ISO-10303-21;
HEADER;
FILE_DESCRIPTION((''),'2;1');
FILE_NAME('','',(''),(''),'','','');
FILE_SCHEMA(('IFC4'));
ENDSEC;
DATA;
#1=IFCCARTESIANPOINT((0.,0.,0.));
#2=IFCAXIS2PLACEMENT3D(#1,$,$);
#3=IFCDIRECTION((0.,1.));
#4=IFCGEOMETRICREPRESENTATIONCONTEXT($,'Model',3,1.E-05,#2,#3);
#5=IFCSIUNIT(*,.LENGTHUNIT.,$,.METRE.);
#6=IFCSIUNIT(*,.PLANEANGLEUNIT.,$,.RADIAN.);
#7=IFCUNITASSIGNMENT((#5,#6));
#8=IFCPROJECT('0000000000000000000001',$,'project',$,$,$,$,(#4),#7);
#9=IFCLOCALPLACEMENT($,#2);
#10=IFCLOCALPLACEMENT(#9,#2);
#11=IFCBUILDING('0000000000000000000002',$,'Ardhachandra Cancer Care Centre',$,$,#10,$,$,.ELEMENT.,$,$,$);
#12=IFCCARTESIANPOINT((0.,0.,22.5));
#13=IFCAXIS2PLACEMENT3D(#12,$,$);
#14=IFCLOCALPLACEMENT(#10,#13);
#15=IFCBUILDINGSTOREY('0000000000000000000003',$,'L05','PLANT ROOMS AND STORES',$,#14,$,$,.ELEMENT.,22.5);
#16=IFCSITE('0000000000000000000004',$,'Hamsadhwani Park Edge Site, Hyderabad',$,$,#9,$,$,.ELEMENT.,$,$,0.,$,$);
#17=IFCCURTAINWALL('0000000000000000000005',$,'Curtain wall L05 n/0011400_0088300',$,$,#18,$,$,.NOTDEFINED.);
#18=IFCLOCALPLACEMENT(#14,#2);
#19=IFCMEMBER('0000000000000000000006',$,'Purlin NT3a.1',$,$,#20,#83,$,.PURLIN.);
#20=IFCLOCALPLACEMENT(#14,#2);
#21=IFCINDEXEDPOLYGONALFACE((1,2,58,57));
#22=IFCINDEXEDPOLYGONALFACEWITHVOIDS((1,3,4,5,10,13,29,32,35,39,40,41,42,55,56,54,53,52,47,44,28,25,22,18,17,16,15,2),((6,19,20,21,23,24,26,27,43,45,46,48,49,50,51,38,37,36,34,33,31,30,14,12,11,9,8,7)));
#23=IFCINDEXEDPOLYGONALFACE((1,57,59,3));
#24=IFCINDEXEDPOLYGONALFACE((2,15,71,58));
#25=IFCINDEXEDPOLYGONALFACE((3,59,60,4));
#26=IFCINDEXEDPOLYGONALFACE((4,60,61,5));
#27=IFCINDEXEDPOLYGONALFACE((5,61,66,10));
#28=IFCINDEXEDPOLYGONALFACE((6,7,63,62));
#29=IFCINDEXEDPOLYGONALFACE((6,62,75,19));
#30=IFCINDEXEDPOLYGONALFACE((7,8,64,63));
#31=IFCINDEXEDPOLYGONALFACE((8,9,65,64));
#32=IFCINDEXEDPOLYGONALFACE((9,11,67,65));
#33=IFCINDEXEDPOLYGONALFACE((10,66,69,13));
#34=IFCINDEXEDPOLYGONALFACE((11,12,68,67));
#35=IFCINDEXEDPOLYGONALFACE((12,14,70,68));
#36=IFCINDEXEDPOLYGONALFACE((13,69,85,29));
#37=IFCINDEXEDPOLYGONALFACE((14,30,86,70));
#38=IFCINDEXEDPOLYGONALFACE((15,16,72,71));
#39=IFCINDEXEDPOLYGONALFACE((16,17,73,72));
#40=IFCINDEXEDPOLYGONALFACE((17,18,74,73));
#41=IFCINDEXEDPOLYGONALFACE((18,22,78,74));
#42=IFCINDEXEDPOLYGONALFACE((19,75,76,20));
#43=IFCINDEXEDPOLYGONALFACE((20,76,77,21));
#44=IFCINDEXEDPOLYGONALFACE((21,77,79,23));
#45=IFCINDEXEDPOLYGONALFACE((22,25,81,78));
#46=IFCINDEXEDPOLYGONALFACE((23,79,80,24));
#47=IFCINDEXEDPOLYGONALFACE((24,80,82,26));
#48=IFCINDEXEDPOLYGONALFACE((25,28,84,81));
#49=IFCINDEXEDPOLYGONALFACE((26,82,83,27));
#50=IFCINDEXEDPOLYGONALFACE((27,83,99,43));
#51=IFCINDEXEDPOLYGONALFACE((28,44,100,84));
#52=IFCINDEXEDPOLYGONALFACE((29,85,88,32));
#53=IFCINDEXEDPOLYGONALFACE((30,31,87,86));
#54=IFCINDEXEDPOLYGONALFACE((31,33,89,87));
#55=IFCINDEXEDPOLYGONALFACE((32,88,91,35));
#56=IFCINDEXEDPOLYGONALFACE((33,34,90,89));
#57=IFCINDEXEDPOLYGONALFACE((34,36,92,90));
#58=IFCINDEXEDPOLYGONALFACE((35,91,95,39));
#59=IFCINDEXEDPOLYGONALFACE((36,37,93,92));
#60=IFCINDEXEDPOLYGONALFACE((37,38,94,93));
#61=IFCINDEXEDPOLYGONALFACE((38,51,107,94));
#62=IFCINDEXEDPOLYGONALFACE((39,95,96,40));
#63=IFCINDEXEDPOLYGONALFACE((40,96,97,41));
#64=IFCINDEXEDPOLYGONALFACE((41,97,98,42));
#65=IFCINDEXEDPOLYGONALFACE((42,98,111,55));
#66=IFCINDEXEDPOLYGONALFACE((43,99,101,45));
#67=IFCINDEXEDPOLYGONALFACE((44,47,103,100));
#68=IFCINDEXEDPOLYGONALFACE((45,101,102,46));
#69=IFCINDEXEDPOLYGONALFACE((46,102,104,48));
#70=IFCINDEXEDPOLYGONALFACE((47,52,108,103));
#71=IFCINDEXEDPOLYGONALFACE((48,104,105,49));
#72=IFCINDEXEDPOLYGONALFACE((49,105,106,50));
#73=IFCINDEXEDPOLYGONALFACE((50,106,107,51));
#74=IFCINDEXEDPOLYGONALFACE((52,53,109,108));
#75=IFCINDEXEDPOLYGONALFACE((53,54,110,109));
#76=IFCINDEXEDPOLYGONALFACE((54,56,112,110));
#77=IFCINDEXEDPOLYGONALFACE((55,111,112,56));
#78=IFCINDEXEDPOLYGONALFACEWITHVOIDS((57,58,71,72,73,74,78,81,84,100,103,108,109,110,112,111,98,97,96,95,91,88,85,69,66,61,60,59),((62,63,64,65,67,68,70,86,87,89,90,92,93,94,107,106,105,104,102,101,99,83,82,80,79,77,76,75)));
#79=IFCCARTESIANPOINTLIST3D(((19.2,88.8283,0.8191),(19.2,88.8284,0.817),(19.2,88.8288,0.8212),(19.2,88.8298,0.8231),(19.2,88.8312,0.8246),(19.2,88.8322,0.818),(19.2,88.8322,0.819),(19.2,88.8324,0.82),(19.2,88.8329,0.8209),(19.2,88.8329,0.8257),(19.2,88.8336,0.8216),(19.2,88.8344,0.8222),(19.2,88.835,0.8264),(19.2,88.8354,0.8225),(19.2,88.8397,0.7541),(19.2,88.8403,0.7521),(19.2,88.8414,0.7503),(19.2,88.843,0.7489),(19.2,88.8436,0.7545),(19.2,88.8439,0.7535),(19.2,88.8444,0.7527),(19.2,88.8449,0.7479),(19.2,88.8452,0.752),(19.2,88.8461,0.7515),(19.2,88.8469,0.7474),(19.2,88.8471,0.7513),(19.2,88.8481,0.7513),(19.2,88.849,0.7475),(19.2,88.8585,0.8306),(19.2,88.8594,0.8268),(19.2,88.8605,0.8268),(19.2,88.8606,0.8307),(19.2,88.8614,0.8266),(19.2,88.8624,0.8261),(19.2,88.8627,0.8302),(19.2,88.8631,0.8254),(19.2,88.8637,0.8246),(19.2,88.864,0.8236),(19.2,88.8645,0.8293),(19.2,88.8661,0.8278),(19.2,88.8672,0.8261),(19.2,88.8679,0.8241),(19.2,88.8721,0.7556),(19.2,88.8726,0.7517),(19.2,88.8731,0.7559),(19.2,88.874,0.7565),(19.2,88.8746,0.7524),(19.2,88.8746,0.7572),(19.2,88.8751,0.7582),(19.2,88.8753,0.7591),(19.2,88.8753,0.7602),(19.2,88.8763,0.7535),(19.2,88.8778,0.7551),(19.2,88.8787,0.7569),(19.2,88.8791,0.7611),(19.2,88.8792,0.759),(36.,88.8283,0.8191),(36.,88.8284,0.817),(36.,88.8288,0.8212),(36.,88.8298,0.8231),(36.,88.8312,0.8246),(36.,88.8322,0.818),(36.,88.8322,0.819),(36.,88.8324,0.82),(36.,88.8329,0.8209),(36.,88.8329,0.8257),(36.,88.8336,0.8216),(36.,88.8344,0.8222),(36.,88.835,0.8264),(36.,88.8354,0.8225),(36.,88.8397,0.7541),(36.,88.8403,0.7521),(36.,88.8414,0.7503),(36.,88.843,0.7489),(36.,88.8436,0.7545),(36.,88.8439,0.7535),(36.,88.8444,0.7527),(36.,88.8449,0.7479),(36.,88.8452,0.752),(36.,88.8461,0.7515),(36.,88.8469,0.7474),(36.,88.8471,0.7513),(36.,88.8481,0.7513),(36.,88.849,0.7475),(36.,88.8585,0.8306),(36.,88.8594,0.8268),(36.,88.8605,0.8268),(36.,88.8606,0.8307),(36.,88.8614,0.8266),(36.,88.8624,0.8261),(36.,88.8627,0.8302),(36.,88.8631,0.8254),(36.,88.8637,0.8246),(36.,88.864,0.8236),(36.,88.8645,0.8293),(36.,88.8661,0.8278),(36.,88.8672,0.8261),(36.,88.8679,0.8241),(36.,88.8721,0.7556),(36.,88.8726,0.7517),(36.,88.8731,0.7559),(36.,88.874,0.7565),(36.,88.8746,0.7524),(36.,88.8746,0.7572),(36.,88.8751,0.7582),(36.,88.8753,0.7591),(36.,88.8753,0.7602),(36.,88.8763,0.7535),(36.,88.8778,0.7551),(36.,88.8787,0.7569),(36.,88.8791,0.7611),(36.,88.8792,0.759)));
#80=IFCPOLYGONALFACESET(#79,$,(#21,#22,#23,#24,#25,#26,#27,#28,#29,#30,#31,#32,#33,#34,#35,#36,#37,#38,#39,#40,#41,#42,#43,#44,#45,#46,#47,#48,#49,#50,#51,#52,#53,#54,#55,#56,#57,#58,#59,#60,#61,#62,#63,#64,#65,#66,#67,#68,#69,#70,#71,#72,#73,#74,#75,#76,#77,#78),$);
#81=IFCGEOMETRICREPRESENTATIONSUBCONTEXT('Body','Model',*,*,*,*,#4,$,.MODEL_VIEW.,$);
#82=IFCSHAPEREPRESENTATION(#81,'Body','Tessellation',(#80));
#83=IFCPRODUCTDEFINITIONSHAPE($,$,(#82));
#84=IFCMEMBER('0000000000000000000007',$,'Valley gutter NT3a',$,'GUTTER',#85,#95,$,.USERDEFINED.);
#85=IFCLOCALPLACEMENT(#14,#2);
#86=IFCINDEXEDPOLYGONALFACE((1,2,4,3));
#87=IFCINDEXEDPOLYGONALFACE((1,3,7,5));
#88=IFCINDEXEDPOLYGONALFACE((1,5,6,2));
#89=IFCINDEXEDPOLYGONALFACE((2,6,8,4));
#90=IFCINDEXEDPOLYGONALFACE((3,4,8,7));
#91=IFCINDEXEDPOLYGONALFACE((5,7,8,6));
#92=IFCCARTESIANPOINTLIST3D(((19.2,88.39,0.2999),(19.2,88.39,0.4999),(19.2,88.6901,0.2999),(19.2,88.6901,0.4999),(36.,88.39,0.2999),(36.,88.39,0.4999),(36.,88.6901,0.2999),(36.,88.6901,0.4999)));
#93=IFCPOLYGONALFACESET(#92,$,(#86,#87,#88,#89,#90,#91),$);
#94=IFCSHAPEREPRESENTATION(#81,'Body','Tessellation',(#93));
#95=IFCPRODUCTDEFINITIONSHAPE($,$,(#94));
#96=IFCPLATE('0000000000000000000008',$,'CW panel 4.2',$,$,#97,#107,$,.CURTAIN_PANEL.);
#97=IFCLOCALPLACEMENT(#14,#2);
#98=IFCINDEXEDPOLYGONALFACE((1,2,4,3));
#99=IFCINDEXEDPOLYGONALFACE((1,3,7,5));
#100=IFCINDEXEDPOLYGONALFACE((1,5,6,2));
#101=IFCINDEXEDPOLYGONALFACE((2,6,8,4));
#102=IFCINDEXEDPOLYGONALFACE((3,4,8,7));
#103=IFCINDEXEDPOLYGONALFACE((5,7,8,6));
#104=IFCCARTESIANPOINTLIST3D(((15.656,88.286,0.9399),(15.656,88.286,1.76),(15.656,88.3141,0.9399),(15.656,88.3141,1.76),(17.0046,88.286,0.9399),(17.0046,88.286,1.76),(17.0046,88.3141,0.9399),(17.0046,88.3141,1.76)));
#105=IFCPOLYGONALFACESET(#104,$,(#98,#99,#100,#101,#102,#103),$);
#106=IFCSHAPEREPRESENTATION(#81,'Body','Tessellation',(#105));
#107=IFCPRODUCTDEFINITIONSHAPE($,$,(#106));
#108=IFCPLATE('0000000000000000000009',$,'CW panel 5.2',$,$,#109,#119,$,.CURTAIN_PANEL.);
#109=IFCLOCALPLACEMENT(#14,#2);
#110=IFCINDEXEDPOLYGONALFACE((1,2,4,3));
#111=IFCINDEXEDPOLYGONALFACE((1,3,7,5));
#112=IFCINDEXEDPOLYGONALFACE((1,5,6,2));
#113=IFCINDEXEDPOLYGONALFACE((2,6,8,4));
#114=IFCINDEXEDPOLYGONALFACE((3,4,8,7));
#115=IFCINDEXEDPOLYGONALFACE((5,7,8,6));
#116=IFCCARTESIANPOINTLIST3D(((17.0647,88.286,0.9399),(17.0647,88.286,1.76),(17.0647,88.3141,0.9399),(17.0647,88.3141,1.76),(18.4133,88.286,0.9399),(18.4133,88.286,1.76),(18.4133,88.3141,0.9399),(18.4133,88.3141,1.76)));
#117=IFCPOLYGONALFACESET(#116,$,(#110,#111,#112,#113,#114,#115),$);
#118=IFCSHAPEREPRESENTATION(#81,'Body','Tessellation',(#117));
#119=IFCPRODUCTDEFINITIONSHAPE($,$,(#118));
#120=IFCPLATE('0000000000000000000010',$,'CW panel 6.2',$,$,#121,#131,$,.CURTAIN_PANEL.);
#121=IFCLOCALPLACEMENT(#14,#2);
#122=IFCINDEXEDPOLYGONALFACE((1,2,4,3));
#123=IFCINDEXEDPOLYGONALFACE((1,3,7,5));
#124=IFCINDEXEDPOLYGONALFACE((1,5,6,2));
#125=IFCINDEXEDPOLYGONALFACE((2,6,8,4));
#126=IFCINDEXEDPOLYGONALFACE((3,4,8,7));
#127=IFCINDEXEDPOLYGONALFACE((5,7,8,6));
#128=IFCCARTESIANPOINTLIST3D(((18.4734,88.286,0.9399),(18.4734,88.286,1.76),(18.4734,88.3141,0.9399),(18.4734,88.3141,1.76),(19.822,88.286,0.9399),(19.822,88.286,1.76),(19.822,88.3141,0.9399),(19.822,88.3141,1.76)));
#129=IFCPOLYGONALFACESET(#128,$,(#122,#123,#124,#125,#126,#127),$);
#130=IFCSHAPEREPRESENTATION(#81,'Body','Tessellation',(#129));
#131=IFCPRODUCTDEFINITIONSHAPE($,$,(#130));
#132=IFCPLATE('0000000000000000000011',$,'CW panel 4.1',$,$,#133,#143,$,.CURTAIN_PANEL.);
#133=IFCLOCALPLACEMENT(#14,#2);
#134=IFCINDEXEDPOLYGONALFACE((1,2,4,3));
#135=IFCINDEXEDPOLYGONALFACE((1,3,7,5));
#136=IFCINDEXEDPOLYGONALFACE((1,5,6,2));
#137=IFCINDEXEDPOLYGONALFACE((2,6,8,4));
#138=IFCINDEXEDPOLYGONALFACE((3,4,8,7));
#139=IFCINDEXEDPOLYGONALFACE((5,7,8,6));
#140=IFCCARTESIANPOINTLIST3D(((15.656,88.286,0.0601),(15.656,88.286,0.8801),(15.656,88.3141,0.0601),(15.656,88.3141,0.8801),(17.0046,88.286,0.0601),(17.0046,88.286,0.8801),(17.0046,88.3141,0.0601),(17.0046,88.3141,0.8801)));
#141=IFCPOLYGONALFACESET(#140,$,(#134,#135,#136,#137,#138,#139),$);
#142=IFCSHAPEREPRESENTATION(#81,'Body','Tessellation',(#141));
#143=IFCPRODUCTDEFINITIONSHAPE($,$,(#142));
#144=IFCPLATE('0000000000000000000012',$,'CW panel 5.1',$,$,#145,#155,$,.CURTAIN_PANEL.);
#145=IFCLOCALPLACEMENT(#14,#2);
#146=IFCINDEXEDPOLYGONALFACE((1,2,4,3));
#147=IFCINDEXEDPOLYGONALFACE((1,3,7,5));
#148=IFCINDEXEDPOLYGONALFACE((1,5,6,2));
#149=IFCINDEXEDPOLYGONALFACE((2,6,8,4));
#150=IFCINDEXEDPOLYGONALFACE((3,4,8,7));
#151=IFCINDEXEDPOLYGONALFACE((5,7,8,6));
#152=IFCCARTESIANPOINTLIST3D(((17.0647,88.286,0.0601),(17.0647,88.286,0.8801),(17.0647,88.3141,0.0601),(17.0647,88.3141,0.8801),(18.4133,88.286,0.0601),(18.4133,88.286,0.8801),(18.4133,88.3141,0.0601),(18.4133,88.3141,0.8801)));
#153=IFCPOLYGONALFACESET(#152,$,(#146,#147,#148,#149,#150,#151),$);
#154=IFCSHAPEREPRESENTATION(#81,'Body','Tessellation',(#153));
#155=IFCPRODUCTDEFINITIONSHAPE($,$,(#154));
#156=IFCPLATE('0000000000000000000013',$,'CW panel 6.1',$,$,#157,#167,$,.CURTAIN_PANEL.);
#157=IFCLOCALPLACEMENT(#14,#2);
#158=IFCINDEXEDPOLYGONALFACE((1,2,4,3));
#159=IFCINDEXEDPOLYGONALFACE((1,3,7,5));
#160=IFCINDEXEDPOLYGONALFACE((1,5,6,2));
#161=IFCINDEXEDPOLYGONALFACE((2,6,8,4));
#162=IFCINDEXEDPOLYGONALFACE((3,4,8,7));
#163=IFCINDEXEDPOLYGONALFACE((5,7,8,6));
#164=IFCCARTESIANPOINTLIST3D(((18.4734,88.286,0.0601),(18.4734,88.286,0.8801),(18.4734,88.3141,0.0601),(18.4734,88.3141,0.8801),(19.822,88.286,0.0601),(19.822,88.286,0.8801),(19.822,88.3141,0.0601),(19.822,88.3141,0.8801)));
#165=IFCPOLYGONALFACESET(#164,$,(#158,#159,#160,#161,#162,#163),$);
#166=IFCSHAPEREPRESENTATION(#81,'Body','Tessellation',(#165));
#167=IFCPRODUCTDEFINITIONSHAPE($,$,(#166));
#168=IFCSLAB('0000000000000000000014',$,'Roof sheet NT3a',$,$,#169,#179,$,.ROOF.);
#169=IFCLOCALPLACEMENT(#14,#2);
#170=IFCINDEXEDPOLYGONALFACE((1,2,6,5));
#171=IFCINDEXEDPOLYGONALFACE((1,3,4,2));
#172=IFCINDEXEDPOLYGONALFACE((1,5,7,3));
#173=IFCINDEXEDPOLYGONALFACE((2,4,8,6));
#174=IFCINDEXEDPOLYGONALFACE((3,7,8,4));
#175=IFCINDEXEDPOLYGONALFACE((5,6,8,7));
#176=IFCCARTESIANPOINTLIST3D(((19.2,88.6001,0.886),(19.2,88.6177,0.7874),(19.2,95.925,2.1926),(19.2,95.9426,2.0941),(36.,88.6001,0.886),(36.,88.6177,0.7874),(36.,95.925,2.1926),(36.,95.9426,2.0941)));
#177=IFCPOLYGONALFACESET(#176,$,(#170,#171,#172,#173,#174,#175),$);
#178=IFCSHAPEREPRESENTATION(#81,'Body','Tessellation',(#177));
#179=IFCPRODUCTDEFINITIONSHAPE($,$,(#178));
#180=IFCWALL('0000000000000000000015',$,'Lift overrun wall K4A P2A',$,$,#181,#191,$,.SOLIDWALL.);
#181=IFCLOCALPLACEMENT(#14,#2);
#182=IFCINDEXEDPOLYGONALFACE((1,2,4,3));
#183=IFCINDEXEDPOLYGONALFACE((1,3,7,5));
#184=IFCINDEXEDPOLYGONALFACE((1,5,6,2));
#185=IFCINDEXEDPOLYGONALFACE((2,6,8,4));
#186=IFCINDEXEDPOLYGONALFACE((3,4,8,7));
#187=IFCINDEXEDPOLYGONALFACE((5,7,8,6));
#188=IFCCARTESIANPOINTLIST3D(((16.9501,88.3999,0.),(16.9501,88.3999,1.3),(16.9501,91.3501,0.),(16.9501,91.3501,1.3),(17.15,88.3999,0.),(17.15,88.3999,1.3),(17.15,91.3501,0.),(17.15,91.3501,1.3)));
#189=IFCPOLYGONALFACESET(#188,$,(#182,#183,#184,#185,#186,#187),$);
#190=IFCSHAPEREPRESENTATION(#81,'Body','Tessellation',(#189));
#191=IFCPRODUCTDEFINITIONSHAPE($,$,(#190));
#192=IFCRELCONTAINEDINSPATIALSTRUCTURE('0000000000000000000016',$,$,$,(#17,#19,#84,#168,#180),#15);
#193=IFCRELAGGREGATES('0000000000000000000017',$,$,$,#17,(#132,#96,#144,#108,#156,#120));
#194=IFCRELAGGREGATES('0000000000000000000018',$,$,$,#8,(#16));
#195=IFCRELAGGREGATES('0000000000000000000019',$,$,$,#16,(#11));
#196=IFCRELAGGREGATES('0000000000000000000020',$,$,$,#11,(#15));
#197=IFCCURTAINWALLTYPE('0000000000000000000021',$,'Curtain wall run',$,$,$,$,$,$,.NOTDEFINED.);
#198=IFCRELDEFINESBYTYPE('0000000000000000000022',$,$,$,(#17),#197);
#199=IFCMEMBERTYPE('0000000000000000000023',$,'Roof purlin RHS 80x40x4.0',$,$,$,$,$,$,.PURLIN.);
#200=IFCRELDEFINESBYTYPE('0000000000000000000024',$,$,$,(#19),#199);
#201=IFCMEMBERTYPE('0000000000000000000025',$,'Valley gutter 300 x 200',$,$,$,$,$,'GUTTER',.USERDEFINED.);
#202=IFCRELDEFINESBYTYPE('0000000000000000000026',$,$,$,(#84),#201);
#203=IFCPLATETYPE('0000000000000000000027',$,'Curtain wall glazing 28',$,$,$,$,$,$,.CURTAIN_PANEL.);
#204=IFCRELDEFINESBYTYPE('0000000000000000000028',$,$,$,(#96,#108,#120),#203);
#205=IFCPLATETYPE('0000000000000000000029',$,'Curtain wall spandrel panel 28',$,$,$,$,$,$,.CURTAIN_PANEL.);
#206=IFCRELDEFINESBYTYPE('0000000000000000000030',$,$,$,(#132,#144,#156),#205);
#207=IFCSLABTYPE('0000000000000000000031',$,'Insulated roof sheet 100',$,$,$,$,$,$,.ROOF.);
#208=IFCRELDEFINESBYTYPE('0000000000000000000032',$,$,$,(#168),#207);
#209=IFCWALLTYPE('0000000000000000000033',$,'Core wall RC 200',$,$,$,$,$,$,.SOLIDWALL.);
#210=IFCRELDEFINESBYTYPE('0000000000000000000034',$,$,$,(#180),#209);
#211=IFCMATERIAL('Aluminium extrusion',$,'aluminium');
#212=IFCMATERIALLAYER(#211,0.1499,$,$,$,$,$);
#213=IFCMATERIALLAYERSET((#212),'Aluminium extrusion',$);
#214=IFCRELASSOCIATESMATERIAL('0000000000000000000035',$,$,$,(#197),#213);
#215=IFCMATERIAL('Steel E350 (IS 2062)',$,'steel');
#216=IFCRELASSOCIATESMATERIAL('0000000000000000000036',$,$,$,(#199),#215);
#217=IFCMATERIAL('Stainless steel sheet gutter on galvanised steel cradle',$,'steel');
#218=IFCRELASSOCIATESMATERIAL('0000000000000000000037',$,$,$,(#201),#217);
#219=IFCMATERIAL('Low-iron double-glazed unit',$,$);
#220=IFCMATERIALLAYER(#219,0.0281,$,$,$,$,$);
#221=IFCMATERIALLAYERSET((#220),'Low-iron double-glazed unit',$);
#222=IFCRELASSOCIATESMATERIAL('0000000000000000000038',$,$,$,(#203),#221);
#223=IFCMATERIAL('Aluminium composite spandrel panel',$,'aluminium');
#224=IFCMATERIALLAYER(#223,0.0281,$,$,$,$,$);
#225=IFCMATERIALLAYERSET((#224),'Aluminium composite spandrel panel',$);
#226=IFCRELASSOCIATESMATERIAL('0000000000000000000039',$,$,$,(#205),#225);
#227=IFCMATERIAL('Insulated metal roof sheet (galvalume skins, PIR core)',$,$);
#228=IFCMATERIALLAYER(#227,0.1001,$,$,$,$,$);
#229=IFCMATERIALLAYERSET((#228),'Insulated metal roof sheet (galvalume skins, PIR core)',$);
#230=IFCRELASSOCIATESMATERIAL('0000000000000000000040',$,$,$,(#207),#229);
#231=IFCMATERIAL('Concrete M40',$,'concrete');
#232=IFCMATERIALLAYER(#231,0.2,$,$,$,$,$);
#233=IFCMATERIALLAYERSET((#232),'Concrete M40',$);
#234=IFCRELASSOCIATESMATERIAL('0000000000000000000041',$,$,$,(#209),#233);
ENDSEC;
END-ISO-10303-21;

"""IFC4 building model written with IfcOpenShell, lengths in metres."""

from ifc_helpers import new_model, si_unit, direction, frame, frame_2d, origin, origin_2d, place, context, subcontext, project, spatial, polyline, rectangle, hollow_rectangle, outline, extrude, material, layer, layer_set, material_profile, profile_set, type_object, element, aggregate, save


model = new_model("IFC4")

# Units and contexts
model_context = context("Model", 3, precision=1e-05, world=origin(), true_north=direction((0.0, 1.0)))
body_context = subcontext(model_context, "Body", "Model", "MODEL_VIEW")
ifc_project = project(units=[si_unit("LENGTHUNIT", "METRE"), si_unit("PLANEANGLEUNIT", "RADIAN")], contexts=[model_context])

# Site, building, storey
site_placement = place(None, origin())
site = spatial("IfcSite", under=ifc_project, at=site_placement, Name="Hamsadhwani Park Edge Site, Hyderabad", CompositionType="ELEMENT", RefElevation=0.0)
building_placement = place(site_placement, origin())
building = spatial("IfcBuilding", under=site, at=building_placement, Name="Ardhachandra Cancer Care Centre", CompositionType="ELEMENT")
storey_placement = place(building_placement, frame((0.0, 0.0, 22.5)))
storey = spatial("IfcBuildingStorey", under=building, at=storey_placement, Name="L05", Description="PLANT ROOMS AND STORES", CompositionType="ELEMENT", Elevation=22.5)

# Curtain wall
ifc_material_1 = material(Name="Aluminium extrusion", Category="aluminium")
ifc_layer_1 = layer(ifc_material_1, 0.1499)
ifc_layer_set_1 = layer_set([ifc_layer_1], Name="Aluminium extrusion")
curtain_wall_type = type_object("IfcCurtainWallType", Name="Curtain wall run", PredefinedType="NOTDEFINED", material=ifc_layer_set_1)
curtain_wall_placement = place(storey_placement, origin())
curtain_wall = element("IfcCurtainWall", 1, at=curtain_wall_placement, inside=storey, type_object=curtain_wall_type, Name="Curtain wall L05 n/0011400_0088300", PredefinedType="NOTDEFINED")

# Members
ifc_material_2 = material(Name="Steel E350 (IS 2062)", Category="steel")
ifc_material_profile_1 = material_profile(ifc_material_2, hollow_rectangle(XDim=0.04, YDim=0.0801, WallThickness=0.0039, InnerFilletRadius=0.0039, OuterFilletRadius=0.0081, at=origin_2d()), Name="RHS 80x40x4.0")
ifc_profile_set_1 = profile_set([ifc_material_profile_1], Name="Steel E350 (IS 2062)")
member_type_1 = type_object("IfcMemberType", Name="Roof purlin RHS 80x40x4.0", PredefinedType="PURLIN", material=ifc_profile_set_1)
member_1_placement = place(storey_placement, frame((19.2, 88.8538, 0.7891), z_axis=(1.0, 0.0, 0.0), x_axis=(0.0, 0.98446, 0.175606)))
element("IfcMember", 2, at=member_1_placement, inside=storey, type_object=member_type_1, Name="Purlin NT3a.1", PredefinedType="PURLIN", context=body_context, shape_type="SweptSolid", body=[
    extrude(hollow_rectangle(XDim=0.04, YDim=0.0801, WallThickness=0.0039, InnerFilletRadius=0.0039, OuterFilletRadius=0.0081, at=origin_2d()), origin(), (0.0, 0.0, 1.0), 16.8),
])
ifc_material_3 = material(Name="Stainless steel sheet gutter on galvanised steel cradle", Category="steel")
ifc_material_profile_2 = material_profile(ifc_material_3, rectangle(XDim=0.3, YDim=0.2, at=origin_2d()), Name="Valley gutter 300 x 200")
ifc_profile_set_2 = profile_set([ifc_material_profile_2], Name="Stainless steel sheet gutter on galvanised steel cradle")
member_type_2 = type_object("IfcMemberType", Name="Valley gutter 300 x 200", ElementType="GUTTER", PredefinedType="USERDEFINED", material=ifc_profile_set_2)
member_2_placement = place(storey_placement, frame((19.2, 88.54, 0.3999), z_axis=(1.0, 0.0, 0.0), x_axis=(0.0, 1.0, 0.0)))
element("IfcMember", 3, at=member_2_placement, inside=storey, type_object=member_type_2, Name="Valley gutter NT3a", ObjectType="GUTTER", PredefinedType="USERDEFINED", context=body_context, shape_type="SweptSolid", body=[
    extrude(rectangle(XDim=0.3, YDim=0.2, at=origin_2d()), origin(), (0.0, 0.0, 1.0), 16.8),
])

# Plates
ifc_material_4 = material(Name="Low-iron double-glazed unit")
ifc_layer_2 = layer(ifc_material_4, 0.0281)
ifc_layer_set_2 = layer_set([ifc_layer_2], Name="Low-iron double-glazed unit")
plate_type_1 = type_object("IfcPlateType", Name="Curtain wall glazing 28", PredefinedType="CURTAIN_PANEL", material=ifc_layer_set_2)
plate_1_placement = place(storey_placement, frame((16.3303, 88.3, 0.9399), z_axis=(0.0, 0.0, 1.0), x_axis=(1.0, 0.0, 0.0)))
plate_1 = element("IfcPlate", 4, at=plate_1_placement, type_object=plate_type_1, Name="CW panel 4.2", PredefinedType="CURTAIN_PANEL", context=body_context, shape_type="SweptSolid", body=[
    extrude(rectangle(XDim=1.3486, YDim=0.0281, at=origin_2d()), origin(), (0.0, 0.0, 1.0), 0.8201),
])
plate_2_placement = place(storey_placement, frame((17.739, 88.3, 0.9399), z_axis=(0.0, 0.0, 1.0), x_axis=(1.0, 0.0, 0.0)))
plate_2 = element("IfcPlate", 5, at=plate_2_placement, type_object=plate_type_1, Name="CW panel 5.2", PredefinedType="CURTAIN_PANEL", context=body_context, shape_type="SweptSolid", body=[
    extrude(rectangle(XDim=1.3486, YDim=0.0281, at=origin_2d()), origin(), (0.0, 0.0, 1.0), 0.8201),
])
plate_3_placement = place(storey_placement, frame((19.1477, 88.3, 0.9399), z_axis=(0.0, 0.0, 1.0), x_axis=(1.0, 0.0, 0.0)))
plate_3 = element("IfcPlate", 6, at=plate_3_placement, type_object=plate_type_1, Name="CW panel 6.2", PredefinedType="CURTAIN_PANEL", context=body_context, shape_type="SweptSolid", body=[
    extrude(rectangle(XDim=1.3486, YDim=0.0281, at=origin_2d()), origin(), (0.0, 0.0, 1.0), 0.8201),
])
ifc_material_5 = material(Name="Aluminium composite spandrel panel", Category="aluminium")
ifc_layer_3 = layer(ifc_material_5, 0.0281)
ifc_layer_set_3 = layer_set([ifc_layer_3], Name="Aluminium composite spandrel panel")
plate_type_2 = type_object("IfcPlateType", Name="Curtain wall spandrel panel 28", PredefinedType="CURTAIN_PANEL", material=ifc_layer_set_3)
plate_4_placement = place(storey_placement, frame((16.3303, 88.3, 0.0601), z_axis=(0.0, 0.0, 1.0), x_axis=(1.0, 0.0, 0.0)))
plate_4 = element("IfcPlate", 7, at=plate_4_placement, type_object=plate_type_2, Name="CW panel 4.1", PredefinedType="CURTAIN_PANEL", context=body_context, shape_type="SweptSolid", body=[
    extrude(rectangle(XDim=1.3486, YDim=0.0281, at=origin_2d()), origin(), (0.0, 0.0, 1.0), 0.8201),
])
plate_5_placement = place(storey_placement, frame((17.739, 88.3, 0.0601), z_axis=(0.0, 0.0, 1.0), x_axis=(1.0, 0.0, 0.0)))
plate_5 = element("IfcPlate", 8, at=plate_5_placement, type_object=plate_type_2, Name="CW panel 5.1", PredefinedType="CURTAIN_PANEL", context=body_context, shape_type="SweptSolid", body=[
    extrude(rectangle(XDim=1.3486, YDim=0.0281, at=origin_2d()), origin(), (0.0, 0.0, 1.0), 0.8201),
])
plate_6_placement = place(storey_placement, frame((19.1477, 88.3, 0.0601), z_axis=(0.0, 0.0, 1.0), x_axis=(1.0, 0.0, 0.0)))
plate_6 = element("IfcPlate", 9, at=plate_6_placement, type_object=plate_type_2, Name="CW panel 6.1", PredefinedType="CURTAIN_PANEL", context=body_context, shape_type="SweptSolid", body=[
    extrude(rectangle(XDim=1.3486, YDim=0.0281, at=origin_2d()), origin(), (0.0, 0.0, 1.0), 0.8201),
])
aggregate(curtain_wall, [plate_4, plate_1, plate_5, plate_2, plate_6, plate_3])

# Slab
ifc_material_6 = material(Name="Insulated metal roof sheet (galvalume skins, PIR core)")
ifc_layer_4 = layer(ifc_material_6, 0.1001)
ifc_layer_set_4 = layer_set([ifc_layer_4], Name="Insulated metal roof sheet (galvalume skins, PIR core)")
slab_type = type_object("IfcSlabType", Name="Insulated roof sheet 100", PredefinedType="ROOF", material=ifc_layer_set_4)
slab_placement = place(storey_placement, frame((19.2, 88.6001, 0.886), z_axis=(0.0, -0.17561, 0.98446), x_axis=(1.0, 0.0, 0.0)))
element("IfcSlab", 10, at=slab_placement, inside=storey, type_object=slab_type, Name="Roof sheet NT3a", PredefinedType="ROOF", context=body_context, shape_type="SweptSolid", body=[
    extrude(outline(polyline([(0.0, 0.0), (16.8, 0.0), (16.8, 7.4406), (0.0, 7.4406), (0.0, 0.0)])), origin(), (0.0, 0.0, -1.0), 0.1001),
])

# Wall
ifc_material_7 = material(Name="Concrete M40", Category="concrete")
ifc_layer_5 = layer(ifc_material_7, 0.2)
ifc_layer_set_5 = layer_set([ifc_layer_5], Name="Concrete M40")
wall_type = type_object("IfcWallType", Name="Core wall RC 200", PredefinedType="SOLIDWALL", material=ifc_layer_set_5)
wall_1_placement = place(storey_placement, frame((17.05, 88.3999, 0.0), z_axis=(0.0, 0.0, 1.0), x_axis=(0.0, 1.0, 0.0)))
element("IfcWall", 11, at=wall_1_placement, inside=storey, type_object=wall_type, Name="Lift overrun wall K4A P2A", PredefinedType="SOLIDWALL", context=body_context, shape_type="SweptSolid", body=[
    extrude(rectangle(XDim=2.9502, YDim=0.2, at=frame_2d((1.4751, 0.0))), origin(), (0.0, 0.0, 1.0), 1.3),
])

save(model, "model.ifc")
